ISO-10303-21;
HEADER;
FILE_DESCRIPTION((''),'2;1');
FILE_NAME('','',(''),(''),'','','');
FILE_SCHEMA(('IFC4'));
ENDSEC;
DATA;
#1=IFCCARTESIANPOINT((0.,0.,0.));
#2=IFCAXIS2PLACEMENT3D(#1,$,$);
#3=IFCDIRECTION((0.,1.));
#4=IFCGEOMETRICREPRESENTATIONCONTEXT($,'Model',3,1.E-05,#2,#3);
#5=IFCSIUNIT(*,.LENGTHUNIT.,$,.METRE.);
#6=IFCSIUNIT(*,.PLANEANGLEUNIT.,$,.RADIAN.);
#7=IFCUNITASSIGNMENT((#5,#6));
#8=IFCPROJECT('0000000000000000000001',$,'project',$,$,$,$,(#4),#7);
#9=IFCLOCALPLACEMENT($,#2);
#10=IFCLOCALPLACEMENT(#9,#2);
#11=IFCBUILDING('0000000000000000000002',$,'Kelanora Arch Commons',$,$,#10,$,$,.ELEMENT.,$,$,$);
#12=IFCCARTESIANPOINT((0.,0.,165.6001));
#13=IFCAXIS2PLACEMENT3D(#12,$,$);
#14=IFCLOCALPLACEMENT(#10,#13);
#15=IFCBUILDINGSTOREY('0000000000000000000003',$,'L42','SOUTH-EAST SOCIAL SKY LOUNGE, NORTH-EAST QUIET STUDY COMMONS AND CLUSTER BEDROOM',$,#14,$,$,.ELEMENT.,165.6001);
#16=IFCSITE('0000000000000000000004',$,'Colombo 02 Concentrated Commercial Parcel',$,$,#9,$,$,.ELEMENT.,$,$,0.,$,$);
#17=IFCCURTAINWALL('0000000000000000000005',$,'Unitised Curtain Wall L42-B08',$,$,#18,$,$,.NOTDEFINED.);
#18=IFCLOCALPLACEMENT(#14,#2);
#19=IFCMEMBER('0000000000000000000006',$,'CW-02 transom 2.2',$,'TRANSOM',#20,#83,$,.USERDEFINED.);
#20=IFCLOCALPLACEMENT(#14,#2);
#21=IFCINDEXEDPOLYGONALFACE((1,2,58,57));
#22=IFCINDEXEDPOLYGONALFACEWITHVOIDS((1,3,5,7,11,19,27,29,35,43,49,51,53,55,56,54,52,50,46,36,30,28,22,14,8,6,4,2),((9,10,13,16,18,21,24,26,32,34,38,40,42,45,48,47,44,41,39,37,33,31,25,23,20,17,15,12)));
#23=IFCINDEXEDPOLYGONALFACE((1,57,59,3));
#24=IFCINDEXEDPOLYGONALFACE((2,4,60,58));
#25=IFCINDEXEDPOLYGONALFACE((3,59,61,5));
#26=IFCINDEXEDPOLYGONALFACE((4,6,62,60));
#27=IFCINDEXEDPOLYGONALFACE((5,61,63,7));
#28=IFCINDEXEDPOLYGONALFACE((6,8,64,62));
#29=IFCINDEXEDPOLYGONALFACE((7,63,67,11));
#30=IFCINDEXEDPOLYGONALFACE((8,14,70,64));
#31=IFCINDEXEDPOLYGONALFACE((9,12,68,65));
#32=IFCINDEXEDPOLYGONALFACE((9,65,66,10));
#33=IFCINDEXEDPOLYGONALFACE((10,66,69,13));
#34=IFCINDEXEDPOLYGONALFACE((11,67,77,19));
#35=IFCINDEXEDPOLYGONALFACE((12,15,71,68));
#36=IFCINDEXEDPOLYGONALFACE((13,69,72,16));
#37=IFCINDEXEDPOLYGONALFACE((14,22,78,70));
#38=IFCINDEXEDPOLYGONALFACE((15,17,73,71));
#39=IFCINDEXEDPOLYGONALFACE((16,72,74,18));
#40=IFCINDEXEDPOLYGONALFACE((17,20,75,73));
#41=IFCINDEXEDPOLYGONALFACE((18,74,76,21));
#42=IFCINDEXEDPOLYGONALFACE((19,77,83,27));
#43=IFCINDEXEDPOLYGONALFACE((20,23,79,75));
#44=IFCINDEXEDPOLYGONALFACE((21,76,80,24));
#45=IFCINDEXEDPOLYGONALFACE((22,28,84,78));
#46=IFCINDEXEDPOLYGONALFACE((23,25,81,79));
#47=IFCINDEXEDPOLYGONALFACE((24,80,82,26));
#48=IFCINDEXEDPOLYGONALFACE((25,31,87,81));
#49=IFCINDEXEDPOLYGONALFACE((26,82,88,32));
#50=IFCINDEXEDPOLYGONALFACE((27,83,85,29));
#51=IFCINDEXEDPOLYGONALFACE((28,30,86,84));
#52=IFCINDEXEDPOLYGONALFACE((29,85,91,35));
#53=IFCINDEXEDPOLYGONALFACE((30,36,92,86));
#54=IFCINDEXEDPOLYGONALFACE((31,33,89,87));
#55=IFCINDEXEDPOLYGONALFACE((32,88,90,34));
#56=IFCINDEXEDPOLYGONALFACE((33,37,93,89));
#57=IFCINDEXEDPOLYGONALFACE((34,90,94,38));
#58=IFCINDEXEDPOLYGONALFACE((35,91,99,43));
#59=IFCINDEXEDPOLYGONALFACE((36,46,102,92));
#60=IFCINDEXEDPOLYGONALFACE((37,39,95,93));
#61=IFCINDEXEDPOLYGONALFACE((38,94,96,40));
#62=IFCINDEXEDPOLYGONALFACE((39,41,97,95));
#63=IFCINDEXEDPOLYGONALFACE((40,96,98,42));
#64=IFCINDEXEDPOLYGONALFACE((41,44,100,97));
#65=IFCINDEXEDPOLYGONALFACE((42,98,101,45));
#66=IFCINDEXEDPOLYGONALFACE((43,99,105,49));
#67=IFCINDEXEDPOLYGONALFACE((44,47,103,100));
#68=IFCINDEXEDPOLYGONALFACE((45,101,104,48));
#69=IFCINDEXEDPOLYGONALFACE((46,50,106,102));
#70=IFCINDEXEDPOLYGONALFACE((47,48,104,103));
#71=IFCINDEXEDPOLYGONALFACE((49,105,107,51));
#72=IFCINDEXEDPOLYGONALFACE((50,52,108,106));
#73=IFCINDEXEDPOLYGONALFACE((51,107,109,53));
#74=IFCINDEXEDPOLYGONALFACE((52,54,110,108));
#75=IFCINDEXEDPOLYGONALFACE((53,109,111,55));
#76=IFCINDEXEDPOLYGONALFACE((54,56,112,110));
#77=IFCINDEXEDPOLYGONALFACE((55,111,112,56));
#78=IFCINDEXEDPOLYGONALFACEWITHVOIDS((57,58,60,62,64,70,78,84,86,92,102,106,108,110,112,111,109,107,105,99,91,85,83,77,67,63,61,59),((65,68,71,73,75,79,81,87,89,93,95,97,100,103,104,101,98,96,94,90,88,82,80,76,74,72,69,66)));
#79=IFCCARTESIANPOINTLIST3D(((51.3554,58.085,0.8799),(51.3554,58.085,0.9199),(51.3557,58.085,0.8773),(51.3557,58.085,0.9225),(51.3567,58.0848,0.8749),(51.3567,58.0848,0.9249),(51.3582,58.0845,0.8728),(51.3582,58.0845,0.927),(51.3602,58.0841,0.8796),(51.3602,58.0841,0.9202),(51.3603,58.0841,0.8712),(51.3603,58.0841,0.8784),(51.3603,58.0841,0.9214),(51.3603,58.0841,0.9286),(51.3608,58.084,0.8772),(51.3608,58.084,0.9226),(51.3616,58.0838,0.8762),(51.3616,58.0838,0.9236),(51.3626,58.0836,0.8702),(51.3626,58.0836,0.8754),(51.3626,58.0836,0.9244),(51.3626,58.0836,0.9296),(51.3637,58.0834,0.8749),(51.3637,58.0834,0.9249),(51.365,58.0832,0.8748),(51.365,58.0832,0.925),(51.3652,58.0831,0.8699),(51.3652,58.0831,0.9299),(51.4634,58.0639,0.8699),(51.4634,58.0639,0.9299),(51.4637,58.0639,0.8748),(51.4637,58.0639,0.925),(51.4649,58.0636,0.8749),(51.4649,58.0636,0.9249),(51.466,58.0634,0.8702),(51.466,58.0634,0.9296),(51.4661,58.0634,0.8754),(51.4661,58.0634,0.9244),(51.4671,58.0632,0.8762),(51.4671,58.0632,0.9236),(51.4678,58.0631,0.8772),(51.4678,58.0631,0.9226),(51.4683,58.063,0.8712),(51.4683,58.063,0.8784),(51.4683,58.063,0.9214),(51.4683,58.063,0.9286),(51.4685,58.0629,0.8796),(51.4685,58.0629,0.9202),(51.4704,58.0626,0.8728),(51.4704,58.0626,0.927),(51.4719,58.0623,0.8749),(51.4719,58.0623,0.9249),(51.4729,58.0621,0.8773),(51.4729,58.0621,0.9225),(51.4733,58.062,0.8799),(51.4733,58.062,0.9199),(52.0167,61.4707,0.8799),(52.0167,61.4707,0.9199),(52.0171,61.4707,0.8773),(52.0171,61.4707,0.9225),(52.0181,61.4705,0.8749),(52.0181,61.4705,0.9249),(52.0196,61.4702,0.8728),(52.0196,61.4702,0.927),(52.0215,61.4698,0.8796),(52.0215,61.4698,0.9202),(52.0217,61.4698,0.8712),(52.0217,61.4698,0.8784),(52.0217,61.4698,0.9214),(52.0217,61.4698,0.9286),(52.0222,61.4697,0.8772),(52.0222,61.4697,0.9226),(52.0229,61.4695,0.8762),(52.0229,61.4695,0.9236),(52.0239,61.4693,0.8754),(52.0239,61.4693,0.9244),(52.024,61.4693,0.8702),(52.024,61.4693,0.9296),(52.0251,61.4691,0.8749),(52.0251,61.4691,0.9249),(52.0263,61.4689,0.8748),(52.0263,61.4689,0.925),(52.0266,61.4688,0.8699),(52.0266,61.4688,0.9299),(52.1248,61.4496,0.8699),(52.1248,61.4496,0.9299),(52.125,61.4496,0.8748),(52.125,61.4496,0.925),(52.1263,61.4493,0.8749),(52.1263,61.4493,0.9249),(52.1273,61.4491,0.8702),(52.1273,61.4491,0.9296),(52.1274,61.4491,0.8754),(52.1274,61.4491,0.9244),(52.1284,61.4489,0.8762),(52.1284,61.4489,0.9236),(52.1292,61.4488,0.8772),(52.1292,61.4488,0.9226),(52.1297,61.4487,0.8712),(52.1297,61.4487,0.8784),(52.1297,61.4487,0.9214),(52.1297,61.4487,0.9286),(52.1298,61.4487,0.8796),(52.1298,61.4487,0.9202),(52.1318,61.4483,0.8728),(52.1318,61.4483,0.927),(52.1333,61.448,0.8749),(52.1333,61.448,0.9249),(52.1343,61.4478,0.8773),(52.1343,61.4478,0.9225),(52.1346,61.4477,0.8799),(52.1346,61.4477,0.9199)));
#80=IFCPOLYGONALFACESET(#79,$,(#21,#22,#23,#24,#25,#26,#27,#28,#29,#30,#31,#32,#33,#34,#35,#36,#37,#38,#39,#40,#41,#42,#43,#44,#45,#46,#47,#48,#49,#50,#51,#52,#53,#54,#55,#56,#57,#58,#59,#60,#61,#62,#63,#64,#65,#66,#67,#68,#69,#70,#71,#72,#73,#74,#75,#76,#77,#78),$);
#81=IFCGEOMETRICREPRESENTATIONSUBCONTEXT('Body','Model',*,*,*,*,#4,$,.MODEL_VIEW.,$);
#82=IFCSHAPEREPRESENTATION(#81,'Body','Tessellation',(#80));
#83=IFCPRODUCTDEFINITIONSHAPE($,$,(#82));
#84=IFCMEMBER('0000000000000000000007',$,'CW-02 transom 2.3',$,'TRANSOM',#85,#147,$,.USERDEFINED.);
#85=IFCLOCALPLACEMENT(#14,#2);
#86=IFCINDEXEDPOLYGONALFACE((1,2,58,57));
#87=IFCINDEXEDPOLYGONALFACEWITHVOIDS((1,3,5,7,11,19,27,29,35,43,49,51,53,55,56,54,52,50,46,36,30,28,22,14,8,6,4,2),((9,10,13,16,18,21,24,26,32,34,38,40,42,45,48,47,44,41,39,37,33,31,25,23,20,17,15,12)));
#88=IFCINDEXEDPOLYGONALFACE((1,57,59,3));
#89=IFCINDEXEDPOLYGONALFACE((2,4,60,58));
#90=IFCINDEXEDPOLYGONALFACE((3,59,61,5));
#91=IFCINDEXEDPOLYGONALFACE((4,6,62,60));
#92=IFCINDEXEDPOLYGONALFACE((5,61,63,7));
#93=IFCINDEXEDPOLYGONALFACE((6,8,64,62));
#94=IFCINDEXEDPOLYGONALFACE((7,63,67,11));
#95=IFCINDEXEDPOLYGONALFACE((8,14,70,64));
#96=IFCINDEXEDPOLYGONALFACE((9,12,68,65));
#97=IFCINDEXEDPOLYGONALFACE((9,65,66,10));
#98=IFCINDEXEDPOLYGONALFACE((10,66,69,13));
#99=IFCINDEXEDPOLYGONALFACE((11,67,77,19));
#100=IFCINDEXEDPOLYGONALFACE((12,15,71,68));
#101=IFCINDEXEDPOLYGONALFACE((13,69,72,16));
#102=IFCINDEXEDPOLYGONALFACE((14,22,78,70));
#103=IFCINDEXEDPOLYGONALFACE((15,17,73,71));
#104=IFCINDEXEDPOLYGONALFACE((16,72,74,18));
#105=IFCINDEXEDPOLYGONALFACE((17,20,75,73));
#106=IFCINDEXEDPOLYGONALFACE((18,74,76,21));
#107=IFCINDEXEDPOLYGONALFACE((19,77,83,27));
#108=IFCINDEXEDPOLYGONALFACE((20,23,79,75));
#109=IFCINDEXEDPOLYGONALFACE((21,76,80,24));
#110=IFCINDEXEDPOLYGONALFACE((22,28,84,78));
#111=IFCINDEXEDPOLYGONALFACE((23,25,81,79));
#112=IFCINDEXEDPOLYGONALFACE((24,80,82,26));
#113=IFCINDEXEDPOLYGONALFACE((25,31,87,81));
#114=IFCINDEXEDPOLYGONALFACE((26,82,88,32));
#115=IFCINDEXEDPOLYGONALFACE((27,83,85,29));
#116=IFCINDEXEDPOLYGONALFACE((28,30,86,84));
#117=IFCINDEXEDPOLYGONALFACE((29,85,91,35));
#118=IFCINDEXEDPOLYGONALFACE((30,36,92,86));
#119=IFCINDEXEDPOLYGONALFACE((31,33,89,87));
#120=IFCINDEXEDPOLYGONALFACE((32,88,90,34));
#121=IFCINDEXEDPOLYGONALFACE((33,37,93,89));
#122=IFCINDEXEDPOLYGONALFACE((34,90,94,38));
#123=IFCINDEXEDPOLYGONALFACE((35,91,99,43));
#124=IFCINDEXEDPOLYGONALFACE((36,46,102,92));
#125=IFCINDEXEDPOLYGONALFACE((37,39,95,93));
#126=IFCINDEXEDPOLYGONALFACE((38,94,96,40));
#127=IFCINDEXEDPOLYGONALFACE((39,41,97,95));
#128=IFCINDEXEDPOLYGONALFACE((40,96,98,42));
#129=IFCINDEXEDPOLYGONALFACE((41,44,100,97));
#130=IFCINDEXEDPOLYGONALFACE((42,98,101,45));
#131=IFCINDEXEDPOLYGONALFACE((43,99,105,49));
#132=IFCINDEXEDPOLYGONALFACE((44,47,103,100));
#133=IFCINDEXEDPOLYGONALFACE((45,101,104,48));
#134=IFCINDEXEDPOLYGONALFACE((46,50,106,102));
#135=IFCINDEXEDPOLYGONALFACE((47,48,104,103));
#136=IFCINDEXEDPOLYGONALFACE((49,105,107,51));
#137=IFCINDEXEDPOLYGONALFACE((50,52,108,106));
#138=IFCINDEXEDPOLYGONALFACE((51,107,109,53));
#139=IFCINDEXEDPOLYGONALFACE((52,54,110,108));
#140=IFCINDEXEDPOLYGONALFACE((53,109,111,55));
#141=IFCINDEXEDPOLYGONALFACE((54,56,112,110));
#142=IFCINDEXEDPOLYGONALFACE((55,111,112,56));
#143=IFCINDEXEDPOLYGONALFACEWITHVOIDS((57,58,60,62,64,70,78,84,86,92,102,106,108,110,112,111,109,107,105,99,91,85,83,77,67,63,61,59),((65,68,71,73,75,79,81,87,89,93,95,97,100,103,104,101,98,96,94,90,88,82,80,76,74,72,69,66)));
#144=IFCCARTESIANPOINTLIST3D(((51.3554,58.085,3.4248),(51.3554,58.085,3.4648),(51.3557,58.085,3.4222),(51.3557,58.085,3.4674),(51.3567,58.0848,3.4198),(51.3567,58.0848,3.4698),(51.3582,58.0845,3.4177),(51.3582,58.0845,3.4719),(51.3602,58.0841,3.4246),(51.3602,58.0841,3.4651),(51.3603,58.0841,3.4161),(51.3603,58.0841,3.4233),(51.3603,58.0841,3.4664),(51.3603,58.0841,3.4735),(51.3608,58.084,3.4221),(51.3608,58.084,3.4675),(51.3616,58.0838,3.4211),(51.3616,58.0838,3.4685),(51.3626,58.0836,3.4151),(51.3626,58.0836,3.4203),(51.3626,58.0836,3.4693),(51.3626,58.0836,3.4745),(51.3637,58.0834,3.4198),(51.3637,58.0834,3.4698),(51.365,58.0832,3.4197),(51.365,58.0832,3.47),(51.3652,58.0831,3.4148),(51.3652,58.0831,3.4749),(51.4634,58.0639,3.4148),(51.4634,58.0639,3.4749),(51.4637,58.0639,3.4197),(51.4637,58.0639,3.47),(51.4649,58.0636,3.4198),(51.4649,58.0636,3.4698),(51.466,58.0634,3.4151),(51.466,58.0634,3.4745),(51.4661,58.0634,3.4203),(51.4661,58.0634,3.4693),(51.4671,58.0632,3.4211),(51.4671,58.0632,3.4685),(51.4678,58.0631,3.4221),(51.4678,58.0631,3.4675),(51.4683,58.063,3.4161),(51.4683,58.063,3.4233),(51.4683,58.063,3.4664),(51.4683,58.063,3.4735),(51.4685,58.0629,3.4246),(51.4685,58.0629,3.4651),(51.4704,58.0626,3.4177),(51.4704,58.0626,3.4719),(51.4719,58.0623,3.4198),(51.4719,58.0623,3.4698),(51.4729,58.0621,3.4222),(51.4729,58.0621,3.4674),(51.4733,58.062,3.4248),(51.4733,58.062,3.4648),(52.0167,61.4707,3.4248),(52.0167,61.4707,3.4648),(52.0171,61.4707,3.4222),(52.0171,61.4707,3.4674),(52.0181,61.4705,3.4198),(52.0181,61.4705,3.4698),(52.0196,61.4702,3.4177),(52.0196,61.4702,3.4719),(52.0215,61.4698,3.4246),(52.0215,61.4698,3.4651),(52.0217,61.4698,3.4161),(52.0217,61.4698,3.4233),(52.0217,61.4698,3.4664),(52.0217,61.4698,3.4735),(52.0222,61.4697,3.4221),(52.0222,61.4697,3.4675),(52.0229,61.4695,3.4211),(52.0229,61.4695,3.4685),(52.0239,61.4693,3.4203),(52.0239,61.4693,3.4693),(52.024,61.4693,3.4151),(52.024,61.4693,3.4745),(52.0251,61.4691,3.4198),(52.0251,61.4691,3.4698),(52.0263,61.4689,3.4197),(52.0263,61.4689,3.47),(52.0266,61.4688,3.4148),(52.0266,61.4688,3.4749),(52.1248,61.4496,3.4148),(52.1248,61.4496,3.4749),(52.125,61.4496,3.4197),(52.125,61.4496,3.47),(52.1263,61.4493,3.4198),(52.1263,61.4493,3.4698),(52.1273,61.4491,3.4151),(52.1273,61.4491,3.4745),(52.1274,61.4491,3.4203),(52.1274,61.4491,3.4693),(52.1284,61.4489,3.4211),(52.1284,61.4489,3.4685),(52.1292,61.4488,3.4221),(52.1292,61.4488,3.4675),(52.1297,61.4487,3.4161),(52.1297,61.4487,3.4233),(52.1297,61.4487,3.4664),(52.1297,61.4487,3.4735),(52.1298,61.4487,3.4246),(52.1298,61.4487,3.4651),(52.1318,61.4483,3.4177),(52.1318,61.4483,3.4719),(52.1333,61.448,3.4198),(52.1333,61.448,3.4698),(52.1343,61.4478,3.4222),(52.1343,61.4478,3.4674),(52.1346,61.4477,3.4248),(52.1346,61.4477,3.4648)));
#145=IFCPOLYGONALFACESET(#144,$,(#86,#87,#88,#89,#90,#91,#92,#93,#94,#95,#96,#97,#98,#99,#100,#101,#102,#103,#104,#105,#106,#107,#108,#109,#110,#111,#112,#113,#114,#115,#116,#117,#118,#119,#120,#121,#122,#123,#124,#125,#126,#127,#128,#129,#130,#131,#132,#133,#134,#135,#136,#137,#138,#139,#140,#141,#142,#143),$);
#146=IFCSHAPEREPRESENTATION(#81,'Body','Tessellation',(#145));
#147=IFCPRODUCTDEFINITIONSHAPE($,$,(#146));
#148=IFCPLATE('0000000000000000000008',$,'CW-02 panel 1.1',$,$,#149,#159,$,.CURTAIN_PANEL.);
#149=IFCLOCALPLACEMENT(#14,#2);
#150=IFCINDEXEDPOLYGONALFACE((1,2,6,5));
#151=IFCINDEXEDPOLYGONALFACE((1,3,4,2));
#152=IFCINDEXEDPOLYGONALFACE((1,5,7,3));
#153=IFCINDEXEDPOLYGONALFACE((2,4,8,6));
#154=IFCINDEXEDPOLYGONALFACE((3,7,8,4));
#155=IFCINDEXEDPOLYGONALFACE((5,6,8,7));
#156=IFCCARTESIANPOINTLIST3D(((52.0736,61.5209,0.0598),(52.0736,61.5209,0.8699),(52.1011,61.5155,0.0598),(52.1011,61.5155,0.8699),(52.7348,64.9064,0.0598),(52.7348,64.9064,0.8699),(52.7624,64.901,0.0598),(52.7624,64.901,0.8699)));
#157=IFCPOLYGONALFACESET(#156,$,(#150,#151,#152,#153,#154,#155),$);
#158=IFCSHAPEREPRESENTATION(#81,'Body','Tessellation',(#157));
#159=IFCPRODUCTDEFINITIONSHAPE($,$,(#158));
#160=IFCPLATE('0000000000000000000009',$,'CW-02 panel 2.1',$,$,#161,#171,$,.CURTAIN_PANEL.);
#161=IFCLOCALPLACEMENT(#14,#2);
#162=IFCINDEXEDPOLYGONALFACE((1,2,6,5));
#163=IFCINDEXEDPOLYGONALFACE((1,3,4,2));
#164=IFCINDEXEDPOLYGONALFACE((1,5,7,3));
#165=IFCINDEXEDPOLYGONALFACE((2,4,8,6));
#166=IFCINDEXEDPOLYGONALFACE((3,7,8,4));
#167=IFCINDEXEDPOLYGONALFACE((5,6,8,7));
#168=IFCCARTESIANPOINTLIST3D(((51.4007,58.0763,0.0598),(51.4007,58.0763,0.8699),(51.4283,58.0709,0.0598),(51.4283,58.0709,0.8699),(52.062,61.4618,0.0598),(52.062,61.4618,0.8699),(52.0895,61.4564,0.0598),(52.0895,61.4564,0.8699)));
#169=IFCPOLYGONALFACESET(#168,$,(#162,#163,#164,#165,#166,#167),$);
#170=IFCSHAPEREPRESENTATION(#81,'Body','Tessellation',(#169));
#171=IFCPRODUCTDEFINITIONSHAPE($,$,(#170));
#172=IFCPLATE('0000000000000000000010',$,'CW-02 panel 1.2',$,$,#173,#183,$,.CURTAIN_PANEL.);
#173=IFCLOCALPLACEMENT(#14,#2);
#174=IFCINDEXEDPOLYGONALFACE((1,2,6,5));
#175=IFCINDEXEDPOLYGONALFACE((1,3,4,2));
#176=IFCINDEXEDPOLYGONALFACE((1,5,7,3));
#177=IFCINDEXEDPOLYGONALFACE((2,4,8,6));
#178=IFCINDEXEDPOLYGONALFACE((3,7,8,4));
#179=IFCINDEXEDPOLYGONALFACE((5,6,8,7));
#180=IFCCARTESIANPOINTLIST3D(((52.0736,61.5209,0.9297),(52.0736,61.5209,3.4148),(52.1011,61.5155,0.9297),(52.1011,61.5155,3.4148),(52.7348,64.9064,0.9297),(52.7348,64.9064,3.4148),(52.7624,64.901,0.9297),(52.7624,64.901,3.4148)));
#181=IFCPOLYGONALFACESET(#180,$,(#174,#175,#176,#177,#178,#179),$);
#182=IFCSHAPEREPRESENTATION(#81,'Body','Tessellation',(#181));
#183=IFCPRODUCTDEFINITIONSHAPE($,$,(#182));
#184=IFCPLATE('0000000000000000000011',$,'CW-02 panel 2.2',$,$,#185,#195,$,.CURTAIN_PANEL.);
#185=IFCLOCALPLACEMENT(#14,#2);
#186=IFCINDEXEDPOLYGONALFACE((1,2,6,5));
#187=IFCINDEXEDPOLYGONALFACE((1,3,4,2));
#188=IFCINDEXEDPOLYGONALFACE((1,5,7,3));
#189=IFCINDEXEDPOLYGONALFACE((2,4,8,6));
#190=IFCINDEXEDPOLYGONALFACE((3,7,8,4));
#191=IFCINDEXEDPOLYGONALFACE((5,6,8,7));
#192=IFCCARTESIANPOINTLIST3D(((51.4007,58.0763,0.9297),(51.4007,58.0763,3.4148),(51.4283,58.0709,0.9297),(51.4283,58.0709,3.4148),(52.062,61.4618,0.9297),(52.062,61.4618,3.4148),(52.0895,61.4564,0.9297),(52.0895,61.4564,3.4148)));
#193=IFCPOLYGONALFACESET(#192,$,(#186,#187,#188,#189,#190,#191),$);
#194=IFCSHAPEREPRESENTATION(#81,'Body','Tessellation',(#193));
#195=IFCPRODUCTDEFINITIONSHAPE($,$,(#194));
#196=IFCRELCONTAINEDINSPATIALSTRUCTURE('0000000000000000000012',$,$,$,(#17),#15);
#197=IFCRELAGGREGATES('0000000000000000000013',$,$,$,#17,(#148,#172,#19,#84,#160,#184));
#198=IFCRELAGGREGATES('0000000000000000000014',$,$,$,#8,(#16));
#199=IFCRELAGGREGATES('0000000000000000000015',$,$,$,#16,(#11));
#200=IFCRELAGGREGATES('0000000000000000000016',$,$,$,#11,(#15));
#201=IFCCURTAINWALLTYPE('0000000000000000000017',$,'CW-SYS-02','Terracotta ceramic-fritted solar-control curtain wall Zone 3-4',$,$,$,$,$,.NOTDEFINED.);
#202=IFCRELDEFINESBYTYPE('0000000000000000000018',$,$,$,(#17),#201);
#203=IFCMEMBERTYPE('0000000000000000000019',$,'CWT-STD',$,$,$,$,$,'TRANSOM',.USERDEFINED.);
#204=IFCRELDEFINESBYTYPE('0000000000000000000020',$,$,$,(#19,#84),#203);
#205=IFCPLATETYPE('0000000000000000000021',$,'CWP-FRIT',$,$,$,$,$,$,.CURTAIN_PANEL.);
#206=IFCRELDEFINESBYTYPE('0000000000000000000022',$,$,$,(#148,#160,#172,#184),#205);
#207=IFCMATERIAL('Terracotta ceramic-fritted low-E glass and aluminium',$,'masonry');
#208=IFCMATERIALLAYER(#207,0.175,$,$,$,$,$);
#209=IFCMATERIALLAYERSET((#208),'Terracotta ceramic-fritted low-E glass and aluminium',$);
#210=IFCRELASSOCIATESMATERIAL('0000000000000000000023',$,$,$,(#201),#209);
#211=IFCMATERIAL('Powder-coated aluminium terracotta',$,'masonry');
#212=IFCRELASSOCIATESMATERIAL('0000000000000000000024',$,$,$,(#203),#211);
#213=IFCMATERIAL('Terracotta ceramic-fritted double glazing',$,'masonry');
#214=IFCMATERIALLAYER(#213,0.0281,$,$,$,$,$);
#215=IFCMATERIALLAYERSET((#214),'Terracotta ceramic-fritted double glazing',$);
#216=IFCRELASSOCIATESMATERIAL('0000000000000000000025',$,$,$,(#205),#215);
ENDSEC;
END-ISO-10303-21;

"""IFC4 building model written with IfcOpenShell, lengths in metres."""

from ifc_helpers import new_model, si_unit, direction, frame, origin, origin_2d, place, context, subcontext, project, spatial, rectangle, hollow_rectangle, extrude, source, transform, mapped, material, layer, layer_set, material_profile, profile_set, type_object, element, aggregate, save


model = new_model("IFC4")

# Units and contexts
model_context = context("Model", 3, precision=1e-05, world=origin(), true_north=direction((0.0, 1.0)))
body_context = subcontext(model_context, "Body", "Model", "MODEL_VIEW")
ifc_project = project(units=[si_unit("LENGTHUNIT", "METRE"), si_unit("PLANEANGLEUNIT", "RADIAN")], contexts=[model_context])

# Site, building, storey
site_placement = place(None, origin())
site = spatial("IfcSite", under=ifc_project, at=site_placement, Name="Colombo 02 Concentrated Commercial Parcel", CompositionType="ELEMENT", RefElevation=0.0)
building_placement = place(site_placement, origin())
building = spatial("IfcBuilding", under=site, at=building_placement, Name="Kelanora Arch Commons", CompositionType="ELEMENT")
storey_placement = place(building_placement, frame((0.0, 0.0, 165.6001)))
storey = spatial("IfcBuildingStorey", under=building, at=storey_placement, Name="L42", Description="SOUTH-EAST SOCIAL SKY LOUNGE, NORTH-EAST QUIET STUDY COMMONS AND CLUSTER BEDROOM", CompositionType="ELEMENT", Elevation=165.6001)

# Curtain wall, members, plates
ifc_material_1 = material(Name="Terracotta ceramic-fritted low-E glass and aluminium", Category="masonry")
ifc_layer_1 = layer(ifc_material_1, 0.175)
ifc_layer_set_1 = layer_set([ifc_layer_1], Name="Terracotta ceramic-fritted low-E glass and aluminium")
curtain_wall_type = type_object("IfcCurtainWallType", Name="CW-SYS-02", Description="Terracotta ceramic-fritted solar-control curtain wall Zone 3-4", PredefinedType="NOTDEFINED", material=ifc_layer_set_1)
curtain_wall_placement = place(storey_placement, origin())
curtain_wall = element("IfcCurtainWall", 1, at=curtain_wall_placement, inside=storey, type_object=curtain_wall_type, Name="Unitised Curtain Wall L42-B08", PredefinedType="NOTDEFINED")
ifc_material_2 = material(Name="Powder-coated aluminium terracotta", Category="masonry")
ifc_material_profile_1 = material_profile(ifc_material_2, hollow_rectangle(XDim=0.1201, YDim=0.0601, WallThickness=0.0049, InnerFilletRadius=0.0049, OuterFilletRadius=0.01, at=origin_2d()), Name="CWT120x60")
ifc_profile_set_1 = profile_set([ifc_material_profile_1], Name="Powder-coated aluminium terracotta")
member_type_1 = type_object("IfcMemberType", Name="CWT-STD", ElementType="TRANSOM", PredefinedType="USERDEFINED", material=ifc_profile_set_1)
member_1_placement = place(storey_placement, frame((52.0757, 61.4592, 0.8999), z_axis=(-0.191718, -0.98145, 0.0), x_axis=(0.98145, -0.191718, 0.0)))
member_1 = element("IfcMember", 2, at=member_1_placement, type_object=member_type_1, Name="CW-02 transom 2.2", ObjectType="TRANSOM", PredefinedType="USERDEFINED", context=body_context, shape_type="SweptSolid", body=[
    extrude(hollow_rectangle(XDim=0.1201, YDim=0.0601, WallThickness=0.0049, InnerFilletRadius=0.0049, OuterFilletRadius=0.01, at=origin_2d()), origin(), (0.0, 0.0, 1.0), 3.4497),
])
member_2_placement = place(storey_placement, frame((52.0757, 61.4592, 3.4448), z_axis=(-0.191718, -0.98145, 0.0), x_axis=(0.98145, -0.191718, 0.0)))
member_2 = element("IfcMember", 3, at=member_2_placement, type_object=member_type_1, Name="CW-02 transom 2.3", ObjectType="TRANSOM", PredefinedType="USERDEFINED", context=body_context, shape_type="SweptSolid", body=[
    extrude(hollow_rectangle(XDim=0.1201, YDim=0.0601, WallThickness=0.0049, InnerFilletRadius=0.0049, OuterFilletRadius=0.01, at=origin_2d()), origin(), (0.0, 0.0, 1.0), 3.4497),
])
ifc_material_3 = material(Name="Terracotta ceramic-fritted double glazing", Category="masonry")
ifc_layer_2 = layer(ifc_material_3, 0.0281)
ifc_layer_set_2 = layer_set([ifc_layer_2], Name="Terracotta ceramic-fritted double glazing")
plate_type = type_object("IfcPlateType", Name="CWP-FRIT", PredefinedType="CURTAIN_PANEL", material=ifc_layer_set_2)
shared_shape_1 = source(origin(), body_context, "Body", "SweptSolid", [
    extrude(rectangle(XDim=3.4495, YDim=0.0281, at=origin_2d()), origin(), (0.0, 0.0, 1.0), 0.8101),
])
plate_1_placement = place(storey_placement, frame((52.418, 63.2109, 0.0598), z_axis=(0.0, 0.0, 1.0), x_axis=(-0.191705, -0.981453, 0.0)))
plate_1 = element("IfcPlate", 4, at=plate_1_placement, type_object=plate_type, Name="CW-02 panel 1.1", PredefinedType="CURTAIN_PANEL", context=body_context, shape_type="MappedRepresentation", body=[
    mapped(shared_shape_1, transform((0.0, 0.0, 0.0), scale=1.0)),
])
plate_2_placement = place(storey_placement, frame((51.7451, 59.7664, 0.0598), z_axis=(0.0, 0.0, 1.0), x_axis=(-0.191705, -0.981453, 0.0)))
plate_2 = element("IfcPlate", 5, at=plate_2_placement, type_object=plate_type, Name="CW-02 panel 2.1", PredefinedType="CURTAIN_PANEL", context=body_context, shape_type="MappedRepresentation", body=[
    mapped(shared_shape_1, transform((0.0, 0.0, 0.0), scale=1.0)),
])
shared_shape_2 = source(origin(), body_context, "Body", "SweptSolid", [
    extrude(rectangle(XDim=3.4495, YDim=0.0281, at=origin_2d()), origin(), (0.0, 0.0, 1.0), 2.4851),
])
plate_3_placement = place(storey_placement, frame((52.418, 63.2109, 0.9297), z_axis=(0.0, 0.0, 1.0), x_axis=(-0.191705, -0.981453, 0.0)))
plate_3 = element("IfcPlate", 6, at=plate_3_placement, type_object=plate_type, Name="CW-02 panel 1.2", PredefinedType="CURTAIN_PANEL", context=body_context, shape_type="MappedRepresentation", body=[
    mapped(shared_shape_2, transform((0.0, 0.0, 0.0), scale=1.0)),
])
plate_4_placement = place(storey_placement, frame((51.7451, 59.7664, 0.9297), z_axis=(0.0, 0.0, 1.0), x_axis=(-0.191705, -0.981453, 0.0)))
plate_4 = element("IfcPlate", 7, at=plate_4_placement, type_object=plate_type, Name="CW-02 panel 2.2", PredefinedType="CURTAIN_PANEL", context=body_context, shape_type="MappedRepresentation", body=[
    mapped(shared_shape_2, transform((0.0, 0.0, 0.0), scale=1.0)),
])
aggregate(curtain_wall, [plate_1, plate_3, member_1, member_2, plate_2, plate_4])

save(model, "model.ifc")
